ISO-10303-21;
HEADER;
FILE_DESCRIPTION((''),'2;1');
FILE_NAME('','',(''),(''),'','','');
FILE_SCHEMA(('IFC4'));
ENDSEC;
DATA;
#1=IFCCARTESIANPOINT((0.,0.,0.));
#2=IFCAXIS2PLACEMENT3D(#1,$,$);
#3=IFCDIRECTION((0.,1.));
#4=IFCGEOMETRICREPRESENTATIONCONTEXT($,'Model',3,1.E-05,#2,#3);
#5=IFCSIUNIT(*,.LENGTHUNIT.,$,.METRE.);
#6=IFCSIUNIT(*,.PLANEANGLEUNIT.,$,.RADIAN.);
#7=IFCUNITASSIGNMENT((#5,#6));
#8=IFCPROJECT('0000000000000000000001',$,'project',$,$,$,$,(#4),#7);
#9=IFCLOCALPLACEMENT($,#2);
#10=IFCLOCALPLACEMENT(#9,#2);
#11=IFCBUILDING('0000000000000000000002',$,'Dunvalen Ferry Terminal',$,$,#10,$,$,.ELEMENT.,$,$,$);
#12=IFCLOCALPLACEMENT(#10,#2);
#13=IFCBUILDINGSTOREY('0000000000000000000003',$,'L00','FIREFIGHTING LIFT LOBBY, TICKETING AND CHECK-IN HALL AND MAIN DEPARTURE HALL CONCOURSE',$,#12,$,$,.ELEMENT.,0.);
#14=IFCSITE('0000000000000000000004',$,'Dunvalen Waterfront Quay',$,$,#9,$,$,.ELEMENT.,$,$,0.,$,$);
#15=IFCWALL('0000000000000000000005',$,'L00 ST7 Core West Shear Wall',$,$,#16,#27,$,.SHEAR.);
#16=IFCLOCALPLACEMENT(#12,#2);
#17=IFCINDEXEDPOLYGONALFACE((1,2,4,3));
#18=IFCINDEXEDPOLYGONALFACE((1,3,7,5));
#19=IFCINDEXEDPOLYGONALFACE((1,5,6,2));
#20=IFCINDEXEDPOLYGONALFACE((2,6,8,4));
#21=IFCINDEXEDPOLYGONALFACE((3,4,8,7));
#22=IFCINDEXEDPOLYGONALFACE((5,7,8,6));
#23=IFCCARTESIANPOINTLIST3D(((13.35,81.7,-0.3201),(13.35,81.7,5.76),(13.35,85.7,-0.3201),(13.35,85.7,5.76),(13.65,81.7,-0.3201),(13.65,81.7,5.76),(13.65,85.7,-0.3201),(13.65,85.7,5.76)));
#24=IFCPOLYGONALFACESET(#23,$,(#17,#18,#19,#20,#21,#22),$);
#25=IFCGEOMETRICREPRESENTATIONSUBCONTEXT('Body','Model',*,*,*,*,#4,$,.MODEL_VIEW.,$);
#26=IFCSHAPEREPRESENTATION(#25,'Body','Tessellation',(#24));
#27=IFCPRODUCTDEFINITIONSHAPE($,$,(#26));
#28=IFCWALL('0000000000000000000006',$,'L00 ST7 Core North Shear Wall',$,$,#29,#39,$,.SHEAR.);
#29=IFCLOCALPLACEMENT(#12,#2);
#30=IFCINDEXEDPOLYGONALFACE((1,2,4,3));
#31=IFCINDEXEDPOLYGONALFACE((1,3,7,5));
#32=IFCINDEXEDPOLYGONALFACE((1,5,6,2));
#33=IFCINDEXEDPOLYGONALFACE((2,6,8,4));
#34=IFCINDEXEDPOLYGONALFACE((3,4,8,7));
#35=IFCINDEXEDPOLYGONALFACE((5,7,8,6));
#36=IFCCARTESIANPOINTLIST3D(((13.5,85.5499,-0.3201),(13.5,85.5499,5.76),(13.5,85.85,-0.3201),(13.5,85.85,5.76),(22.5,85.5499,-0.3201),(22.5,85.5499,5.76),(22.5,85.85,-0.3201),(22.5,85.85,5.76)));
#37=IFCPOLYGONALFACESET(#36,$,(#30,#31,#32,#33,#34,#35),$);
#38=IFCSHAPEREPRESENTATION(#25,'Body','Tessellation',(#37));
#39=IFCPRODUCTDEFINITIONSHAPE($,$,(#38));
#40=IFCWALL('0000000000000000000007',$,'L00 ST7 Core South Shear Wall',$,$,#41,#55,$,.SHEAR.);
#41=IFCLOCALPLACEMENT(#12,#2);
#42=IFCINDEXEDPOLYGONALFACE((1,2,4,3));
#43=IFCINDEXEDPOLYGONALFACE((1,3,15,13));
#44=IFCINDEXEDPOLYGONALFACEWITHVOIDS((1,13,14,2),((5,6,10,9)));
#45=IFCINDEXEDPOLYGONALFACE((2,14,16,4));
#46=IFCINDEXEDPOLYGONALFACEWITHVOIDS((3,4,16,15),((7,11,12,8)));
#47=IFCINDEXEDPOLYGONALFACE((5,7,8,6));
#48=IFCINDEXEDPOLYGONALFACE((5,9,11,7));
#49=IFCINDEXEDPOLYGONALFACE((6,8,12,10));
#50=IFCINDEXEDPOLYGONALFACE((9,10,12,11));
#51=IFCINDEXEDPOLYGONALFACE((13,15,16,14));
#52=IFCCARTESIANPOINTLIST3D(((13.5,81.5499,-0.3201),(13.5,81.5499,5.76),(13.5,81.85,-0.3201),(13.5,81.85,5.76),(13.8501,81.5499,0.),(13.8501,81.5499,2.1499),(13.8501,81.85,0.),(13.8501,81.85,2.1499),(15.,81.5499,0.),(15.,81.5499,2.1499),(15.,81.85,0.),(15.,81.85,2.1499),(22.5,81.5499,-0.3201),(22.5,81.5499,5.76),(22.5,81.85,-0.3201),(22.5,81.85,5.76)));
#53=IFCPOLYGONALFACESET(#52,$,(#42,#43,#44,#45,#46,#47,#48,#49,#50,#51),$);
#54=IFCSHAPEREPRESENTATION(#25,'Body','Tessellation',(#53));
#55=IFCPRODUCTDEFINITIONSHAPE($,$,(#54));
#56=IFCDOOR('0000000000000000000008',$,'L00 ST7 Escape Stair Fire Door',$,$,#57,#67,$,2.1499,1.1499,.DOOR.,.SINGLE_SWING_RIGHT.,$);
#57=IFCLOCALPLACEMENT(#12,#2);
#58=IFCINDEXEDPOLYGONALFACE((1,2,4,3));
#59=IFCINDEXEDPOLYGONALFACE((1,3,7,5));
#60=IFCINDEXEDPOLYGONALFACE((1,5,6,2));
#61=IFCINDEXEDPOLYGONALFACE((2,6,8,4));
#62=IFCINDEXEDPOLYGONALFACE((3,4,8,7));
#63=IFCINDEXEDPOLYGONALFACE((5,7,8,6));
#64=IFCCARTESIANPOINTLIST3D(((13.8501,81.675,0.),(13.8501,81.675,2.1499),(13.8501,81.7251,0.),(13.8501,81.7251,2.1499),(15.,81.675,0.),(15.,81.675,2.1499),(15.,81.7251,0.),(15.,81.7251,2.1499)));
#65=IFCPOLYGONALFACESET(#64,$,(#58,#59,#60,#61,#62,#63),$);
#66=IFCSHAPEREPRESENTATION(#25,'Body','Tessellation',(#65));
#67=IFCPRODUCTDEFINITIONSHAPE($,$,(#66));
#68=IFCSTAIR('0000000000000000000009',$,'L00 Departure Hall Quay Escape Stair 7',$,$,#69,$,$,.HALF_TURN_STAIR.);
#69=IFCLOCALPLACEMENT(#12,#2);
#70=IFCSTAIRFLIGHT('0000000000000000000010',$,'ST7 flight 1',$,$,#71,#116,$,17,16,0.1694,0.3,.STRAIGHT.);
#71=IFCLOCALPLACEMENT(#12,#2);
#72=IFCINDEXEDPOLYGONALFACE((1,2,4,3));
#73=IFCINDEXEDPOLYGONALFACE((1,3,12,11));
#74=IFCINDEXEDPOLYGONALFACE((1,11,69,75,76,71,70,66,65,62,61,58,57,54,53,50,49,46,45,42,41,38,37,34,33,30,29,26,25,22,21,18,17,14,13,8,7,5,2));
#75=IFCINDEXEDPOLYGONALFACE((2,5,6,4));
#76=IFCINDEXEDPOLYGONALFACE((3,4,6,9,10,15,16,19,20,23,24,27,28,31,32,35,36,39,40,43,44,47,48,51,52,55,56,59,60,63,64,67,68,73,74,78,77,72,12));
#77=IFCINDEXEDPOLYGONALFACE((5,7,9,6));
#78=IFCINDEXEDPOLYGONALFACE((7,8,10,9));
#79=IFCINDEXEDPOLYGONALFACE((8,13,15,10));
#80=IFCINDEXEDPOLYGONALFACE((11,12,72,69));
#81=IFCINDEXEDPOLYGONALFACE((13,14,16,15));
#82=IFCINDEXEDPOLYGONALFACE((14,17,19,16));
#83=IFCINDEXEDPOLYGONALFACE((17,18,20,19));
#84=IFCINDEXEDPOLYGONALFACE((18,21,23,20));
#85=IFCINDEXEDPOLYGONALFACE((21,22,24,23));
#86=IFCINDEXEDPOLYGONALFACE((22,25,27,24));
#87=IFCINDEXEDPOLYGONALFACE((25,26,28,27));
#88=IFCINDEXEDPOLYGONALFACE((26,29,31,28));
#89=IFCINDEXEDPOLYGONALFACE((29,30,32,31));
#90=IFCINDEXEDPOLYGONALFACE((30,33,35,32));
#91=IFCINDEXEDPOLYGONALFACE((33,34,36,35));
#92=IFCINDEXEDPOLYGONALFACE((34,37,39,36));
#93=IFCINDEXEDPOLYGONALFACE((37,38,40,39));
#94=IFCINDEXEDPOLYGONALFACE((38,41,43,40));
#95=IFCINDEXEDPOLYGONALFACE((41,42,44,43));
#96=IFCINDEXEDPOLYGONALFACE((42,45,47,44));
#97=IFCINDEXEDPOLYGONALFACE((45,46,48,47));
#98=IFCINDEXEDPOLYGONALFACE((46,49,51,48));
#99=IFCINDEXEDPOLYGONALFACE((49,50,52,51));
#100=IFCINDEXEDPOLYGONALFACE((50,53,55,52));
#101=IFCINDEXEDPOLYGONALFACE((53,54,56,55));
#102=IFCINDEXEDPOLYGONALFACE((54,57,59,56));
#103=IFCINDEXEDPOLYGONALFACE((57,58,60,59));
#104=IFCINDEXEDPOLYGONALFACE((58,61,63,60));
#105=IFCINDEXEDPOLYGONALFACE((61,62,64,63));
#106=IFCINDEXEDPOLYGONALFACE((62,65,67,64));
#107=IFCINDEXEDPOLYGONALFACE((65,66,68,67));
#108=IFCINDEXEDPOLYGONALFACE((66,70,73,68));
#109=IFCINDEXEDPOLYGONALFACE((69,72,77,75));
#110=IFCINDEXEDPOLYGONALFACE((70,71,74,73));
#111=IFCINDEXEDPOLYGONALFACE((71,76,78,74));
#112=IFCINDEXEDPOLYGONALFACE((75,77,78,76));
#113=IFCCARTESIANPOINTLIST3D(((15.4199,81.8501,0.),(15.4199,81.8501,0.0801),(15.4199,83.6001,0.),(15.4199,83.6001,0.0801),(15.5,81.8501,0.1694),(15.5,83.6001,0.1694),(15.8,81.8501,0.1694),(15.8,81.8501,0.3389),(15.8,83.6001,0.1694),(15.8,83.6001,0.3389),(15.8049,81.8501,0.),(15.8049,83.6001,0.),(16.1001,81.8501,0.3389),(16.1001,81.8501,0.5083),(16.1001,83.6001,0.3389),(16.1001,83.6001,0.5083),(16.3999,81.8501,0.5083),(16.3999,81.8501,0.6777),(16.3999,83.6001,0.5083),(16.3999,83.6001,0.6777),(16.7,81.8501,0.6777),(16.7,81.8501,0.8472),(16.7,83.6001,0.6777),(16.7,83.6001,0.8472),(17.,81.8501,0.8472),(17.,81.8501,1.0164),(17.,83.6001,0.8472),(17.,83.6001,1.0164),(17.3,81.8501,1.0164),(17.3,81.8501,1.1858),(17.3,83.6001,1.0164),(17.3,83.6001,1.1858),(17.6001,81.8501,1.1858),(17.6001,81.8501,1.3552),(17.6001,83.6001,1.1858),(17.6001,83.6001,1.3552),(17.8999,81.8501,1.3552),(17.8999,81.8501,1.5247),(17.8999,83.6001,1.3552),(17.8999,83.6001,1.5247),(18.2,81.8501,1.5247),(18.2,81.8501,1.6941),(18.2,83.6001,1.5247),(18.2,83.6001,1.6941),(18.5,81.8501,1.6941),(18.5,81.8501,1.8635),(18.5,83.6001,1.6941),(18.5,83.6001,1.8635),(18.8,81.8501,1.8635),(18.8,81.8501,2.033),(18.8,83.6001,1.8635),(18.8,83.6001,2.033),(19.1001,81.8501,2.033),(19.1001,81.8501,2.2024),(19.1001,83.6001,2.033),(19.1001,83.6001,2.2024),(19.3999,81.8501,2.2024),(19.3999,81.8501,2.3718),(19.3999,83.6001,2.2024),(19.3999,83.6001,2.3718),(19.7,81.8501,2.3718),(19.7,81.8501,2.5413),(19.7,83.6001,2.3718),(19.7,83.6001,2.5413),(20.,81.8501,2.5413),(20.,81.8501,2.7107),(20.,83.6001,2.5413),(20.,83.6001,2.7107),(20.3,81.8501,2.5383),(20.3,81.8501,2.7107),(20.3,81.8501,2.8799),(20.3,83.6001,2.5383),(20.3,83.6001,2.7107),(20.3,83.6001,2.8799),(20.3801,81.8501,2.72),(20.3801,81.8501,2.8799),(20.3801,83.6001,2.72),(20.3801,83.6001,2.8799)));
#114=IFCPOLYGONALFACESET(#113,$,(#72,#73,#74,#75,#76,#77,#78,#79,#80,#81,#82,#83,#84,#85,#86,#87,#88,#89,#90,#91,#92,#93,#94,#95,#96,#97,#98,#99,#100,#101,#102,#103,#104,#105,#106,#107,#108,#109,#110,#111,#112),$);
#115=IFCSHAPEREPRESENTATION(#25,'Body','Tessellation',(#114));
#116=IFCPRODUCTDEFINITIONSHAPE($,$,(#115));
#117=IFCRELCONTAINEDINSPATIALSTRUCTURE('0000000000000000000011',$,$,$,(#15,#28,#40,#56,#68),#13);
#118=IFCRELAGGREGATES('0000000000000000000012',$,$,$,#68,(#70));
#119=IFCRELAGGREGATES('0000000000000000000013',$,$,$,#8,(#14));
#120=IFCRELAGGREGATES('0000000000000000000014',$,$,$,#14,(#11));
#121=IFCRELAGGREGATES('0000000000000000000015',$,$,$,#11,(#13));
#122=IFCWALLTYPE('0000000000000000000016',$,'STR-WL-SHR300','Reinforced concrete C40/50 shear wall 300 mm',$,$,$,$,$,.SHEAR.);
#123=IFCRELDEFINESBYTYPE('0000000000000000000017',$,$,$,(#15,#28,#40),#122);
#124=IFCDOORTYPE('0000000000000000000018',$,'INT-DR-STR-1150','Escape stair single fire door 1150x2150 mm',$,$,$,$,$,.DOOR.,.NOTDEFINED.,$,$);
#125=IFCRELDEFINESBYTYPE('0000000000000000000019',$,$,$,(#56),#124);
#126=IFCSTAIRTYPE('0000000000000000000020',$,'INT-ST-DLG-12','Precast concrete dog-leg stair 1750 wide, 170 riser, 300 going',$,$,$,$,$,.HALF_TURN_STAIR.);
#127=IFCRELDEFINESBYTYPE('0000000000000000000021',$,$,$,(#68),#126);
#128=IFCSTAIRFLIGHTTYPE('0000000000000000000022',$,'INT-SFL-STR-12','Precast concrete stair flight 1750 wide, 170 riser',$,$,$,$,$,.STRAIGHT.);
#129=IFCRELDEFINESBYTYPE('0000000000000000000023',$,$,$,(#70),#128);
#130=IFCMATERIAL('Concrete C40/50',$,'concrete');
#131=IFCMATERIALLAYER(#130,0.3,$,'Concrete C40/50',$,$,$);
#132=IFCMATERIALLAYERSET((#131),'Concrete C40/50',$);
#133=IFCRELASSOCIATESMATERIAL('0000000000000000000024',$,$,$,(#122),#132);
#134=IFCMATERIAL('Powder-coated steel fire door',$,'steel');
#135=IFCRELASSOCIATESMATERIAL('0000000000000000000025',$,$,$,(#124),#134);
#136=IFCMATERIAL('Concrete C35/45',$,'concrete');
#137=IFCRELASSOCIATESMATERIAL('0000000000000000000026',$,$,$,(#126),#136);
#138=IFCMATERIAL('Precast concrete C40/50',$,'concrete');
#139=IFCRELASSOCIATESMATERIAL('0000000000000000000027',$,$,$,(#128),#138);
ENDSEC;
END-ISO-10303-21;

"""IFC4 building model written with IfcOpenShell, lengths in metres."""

from ifc_helpers import new_model, si_unit, direction, frame, frame_2d, origin, place, context, subcontext, project, spatial, polyline, rectangle, outline, extrude, material, layer, layer_set, type_object, element, fill, aggregate, save


model = new_model("IFC4")

# Units and contexts
model_context = context("Model", 3, precision=1e-05, world=origin(), true_north=direction((0.0, 1.0)))
body_context = subcontext(model_context, "Body", "Model", "MODEL_VIEW")
ifc_project = project(units=[si_unit("LENGTHUNIT", "METRE"), si_unit("PLANEANGLEUNIT", "RADIAN")], contexts=[model_context])

# Site, building, storey
site_placement = place(None, origin())
site = spatial("IfcSite", under=ifc_project, at=site_placement, Name="Dunvalen Waterfront Quay", CompositionType="ELEMENT", RefElevation=0.0)
building_placement = place(site_placement, origin())
building = spatial("IfcBuilding", under=site, at=building_placement, Name="Dunvalen Ferry Terminal", CompositionType="ELEMENT")
storey_placement = place(building_placement, origin())
storey = spatial("IfcBuildingStorey", under=building, at=storey_placement, Name="L00", Description="FIREFIGHTING LIFT LOBBY, TICKETING AND CHECK-IN HALL AND MAIN DEPARTURE HALL CONCOURSE", CompositionType="ELEMENT", Elevation=0.0)

# Shared definitions
ifc_material_1 = material(Name="Concrete C40/50", Category="concrete")

# Shared definitions
ifc_material_2 = material(Name="Precast concrete C40/50", Category="concrete")

# Walls
ifc_layer_1 = layer(ifc_material_1, 0.3, Name="Concrete C40/50")
ifc_layer_set_1 = layer_set([ifc_layer_1], Name="Concrete C40/50")
wall_type_1 = type_object("IfcWallType", Name="STR-WL-SHR300", Description="Reinforced concrete C40/50 shear wall 300 mm", PredefinedType="SHEAR", material=ifc_layer_set_1)
wall_1_placement = place(storey_placement, frame((13.5, 81.7, -0.3201), z_axis=(0.0, 0.0, 1.0), x_axis=(0.0, 1.0, 0.0)))
element("IfcWall", 1, at=wall_1_placement, inside=storey, type_object=wall_type_1, Name="L00 ST7 Core West Shear Wall", PredefinedType="SHEAR", context=body_context, shape_type="SweptSolid", body=[
    extrude(rectangle(XDim=4.0, YDim=0.3, at=frame_2d((2.0, 0.0))), origin(), (0.0, 0.0, 1.0), 6.0801),
])
wall_2_placement = place(storey_placement, frame((13.5, 85.7, -0.3201), z_axis=(0.0, 0.0, 1.0), x_axis=(1.0, 0.0, 0.0)))
element("IfcWall", 2, at=wall_2_placement, inside=storey, type_object=wall_type_1, Name="L00 ST7 Core North Shear Wall", PredefinedType="SHEAR", context=body_context, shape_type="SweptSolid", body=[
    extrude(rectangle(XDim=9.0, YDim=0.3, at=frame_2d((4.5, 0.0))), origin(), (0.0, 0.0, 1.0), 6.0801),
])

# Wall, opening, door
wall_3_placement = place(storey_placement, frame((13.5, 81.7, -0.3201), z_axis=(0.0, 0.0, 1.0), x_axis=(1.0, 0.0, 0.0)))
wall_3 = element("IfcWall", 3, at=wall_3_placement, inside=storey, type_object=wall_type_1, Name="L00 ST7 Core South Shear Wall", PredefinedType="SHEAR", context=body_context, shape_type="SweptSolid", body=[
    extrude(rectangle(XDim=9.0, YDim=0.3, at=frame_2d((4.5, 0.0))), origin(), (0.0, 0.0, 1.0), 6.0801),
])
opening_1_placement = place(wall_3_placement, frame((0.3501, 0.0, 0.3201)))
opening_1 = element("IfcOpeningElement", 4, at=opening_1_placement, cuts=wall_3, PredefinedType="OPENING", context=body_context, shape_type="SweptSolid", body=[
    extrude(rectangle(XDim=1.1499, YDim=2.1499, at=frame_2d((0.575, 1.075))), frame((0.0, 0.1602, 0.0), z_axis=(0.0, -1.0, 0.0), x_axis=(1.0, 0.0, 0.0)), (0.0, 0.0, 1.0), 0.3201),
])
ifc_material_3 = material(Name="Powder-coated steel fire door", Category="steel")
door_type_1 = type_object("IfcDoorType", Name="INT-DR-STR-1150", Description="Escape stair single fire door 1150x2150 mm", OperationType="NOTDEFINED", PredefinedType="DOOR", material=ifc_material_3)
door_1_placement = place(opening_1_placement, frame((1.1499, 0.0, 0.0), z_axis=(0.0, 0.0, 1.0), x_axis=(-1.0, 0.0, 0.0)))
door_1 = element("IfcDoor", 5, at=door_1_placement, inside=storey, type_object=door_type_1, Name="L00 ST7 Escape Stair Fire Door", OperationType="SINGLE_SWING_RIGHT", OverallHeight=2.1499, OverallWidth=1.1499, PredefinedType="DOOR", context=body_context, shape_type="SweptSolid", body=[
    extrude(rectangle(XDim=1.1499, YDim=2.1499, at=frame_2d((0.575, 1.075))), frame((0.0, 0.0249, 0.0), z_axis=(0.0, -1.0, 0.0), x_axis=(1.0, 0.0, 0.0)), (0.0, 0.0, 1.0), 0.05),
])
fill(opening_1, door_1)

# Stair, stair flight
ifc_material_4 = material(Name="Concrete C35/45", Category="concrete")
stair_type = type_object("IfcStairType", Name="INT-ST-DLG-12", Description="Precast concrete dog-leg stair 1750 wide, 170 riser, 300 going", PredefinedType="HALF_TURN_STAIR", material=ifc_material_4)
stair_placement = place(storey_placement, origin())
stair = element("IfcStair", 6, at=stair_placement, inside=storey, type_object=stair_type, Name="L00 Departure Hall Quay Escape Stair 7", PredefinedType="HALF_TURN_STAIR")
stair_flight_type = type_object("IfcStairFlightType", Name="INT-SFL-STR-12", Description="Precast concrete stair flight 1750 wide, 170 riser", PredefinedType="STRAIGHT", material=ifc_material_2)
stair_flight_placement = place(storey_placement, frame((15.5, 82.7251, 0.0), z_axis=(0.0, 0.0, 1.0), x_axis=(1.0, 0.0, 0.0)))
stair_flight = element("IfcStairFlight", 7, at=stair_flight_placement, type_object=stair_flight_type, Name="ST7 flight 1", NumberOfRisers=17, NumberOfTreads=16, PredefinedType="STRAIGHT", RiserHeight=0.1694, TreadLength=0.3, context=body_context, shape_type="SweptSolid", body=[
    extrude(outline(polyline([(-0.0801, 0.0), (-0.0801, 0.0801), (0.0, 0.1694), (0.3, 0.1694), (0.3, 0.3389), (0.6001, 0.3389), (0.6001, 0.5083), (0.8999, 0.5083), (0.8999, 0.6777), (1.2, 0.6777), (1.2, 0.8472), (1.5, 0.8472), (1.5, 1.0164), (1.8, 1.0164), (1.8, 1.1858), (2.1001, 1.1858), (2.1001, 1.3552), (2.3999, 1.3552), (2.3999, 1.5247), (2.7, 1.5247), (2.7, 1.6941), (3.0, 1.6941), (3.0, 1.8635), (3.3, 1.8635), (3.3, 2.033), (3.6001, 2.033), (3.6001, 2.2024), (3.8999, 2.2024), (3.8999, 2.3718), (4.2, 2.3718), (4.2, 2.5413), (4.5, 2.5413), (4.5, 2.7107), (4.8, 2.7107), (4.8, 2.8799), (4.8801, 2.8799), (4.8801, 2.72), (4.8, 2.5383), (0.3049, 0.0), (-0.0801, 0.0)])), frame((0.0, 0.875, 0.0), z_axis=(0.0, -1.0, 0.0), x_axis=(1.0, 0.0, 0.0)), (0.0, 0.0, 1.0), 1.75),
])
aggregate(stair, [stair_flight])

save(model, "model.ifc")
